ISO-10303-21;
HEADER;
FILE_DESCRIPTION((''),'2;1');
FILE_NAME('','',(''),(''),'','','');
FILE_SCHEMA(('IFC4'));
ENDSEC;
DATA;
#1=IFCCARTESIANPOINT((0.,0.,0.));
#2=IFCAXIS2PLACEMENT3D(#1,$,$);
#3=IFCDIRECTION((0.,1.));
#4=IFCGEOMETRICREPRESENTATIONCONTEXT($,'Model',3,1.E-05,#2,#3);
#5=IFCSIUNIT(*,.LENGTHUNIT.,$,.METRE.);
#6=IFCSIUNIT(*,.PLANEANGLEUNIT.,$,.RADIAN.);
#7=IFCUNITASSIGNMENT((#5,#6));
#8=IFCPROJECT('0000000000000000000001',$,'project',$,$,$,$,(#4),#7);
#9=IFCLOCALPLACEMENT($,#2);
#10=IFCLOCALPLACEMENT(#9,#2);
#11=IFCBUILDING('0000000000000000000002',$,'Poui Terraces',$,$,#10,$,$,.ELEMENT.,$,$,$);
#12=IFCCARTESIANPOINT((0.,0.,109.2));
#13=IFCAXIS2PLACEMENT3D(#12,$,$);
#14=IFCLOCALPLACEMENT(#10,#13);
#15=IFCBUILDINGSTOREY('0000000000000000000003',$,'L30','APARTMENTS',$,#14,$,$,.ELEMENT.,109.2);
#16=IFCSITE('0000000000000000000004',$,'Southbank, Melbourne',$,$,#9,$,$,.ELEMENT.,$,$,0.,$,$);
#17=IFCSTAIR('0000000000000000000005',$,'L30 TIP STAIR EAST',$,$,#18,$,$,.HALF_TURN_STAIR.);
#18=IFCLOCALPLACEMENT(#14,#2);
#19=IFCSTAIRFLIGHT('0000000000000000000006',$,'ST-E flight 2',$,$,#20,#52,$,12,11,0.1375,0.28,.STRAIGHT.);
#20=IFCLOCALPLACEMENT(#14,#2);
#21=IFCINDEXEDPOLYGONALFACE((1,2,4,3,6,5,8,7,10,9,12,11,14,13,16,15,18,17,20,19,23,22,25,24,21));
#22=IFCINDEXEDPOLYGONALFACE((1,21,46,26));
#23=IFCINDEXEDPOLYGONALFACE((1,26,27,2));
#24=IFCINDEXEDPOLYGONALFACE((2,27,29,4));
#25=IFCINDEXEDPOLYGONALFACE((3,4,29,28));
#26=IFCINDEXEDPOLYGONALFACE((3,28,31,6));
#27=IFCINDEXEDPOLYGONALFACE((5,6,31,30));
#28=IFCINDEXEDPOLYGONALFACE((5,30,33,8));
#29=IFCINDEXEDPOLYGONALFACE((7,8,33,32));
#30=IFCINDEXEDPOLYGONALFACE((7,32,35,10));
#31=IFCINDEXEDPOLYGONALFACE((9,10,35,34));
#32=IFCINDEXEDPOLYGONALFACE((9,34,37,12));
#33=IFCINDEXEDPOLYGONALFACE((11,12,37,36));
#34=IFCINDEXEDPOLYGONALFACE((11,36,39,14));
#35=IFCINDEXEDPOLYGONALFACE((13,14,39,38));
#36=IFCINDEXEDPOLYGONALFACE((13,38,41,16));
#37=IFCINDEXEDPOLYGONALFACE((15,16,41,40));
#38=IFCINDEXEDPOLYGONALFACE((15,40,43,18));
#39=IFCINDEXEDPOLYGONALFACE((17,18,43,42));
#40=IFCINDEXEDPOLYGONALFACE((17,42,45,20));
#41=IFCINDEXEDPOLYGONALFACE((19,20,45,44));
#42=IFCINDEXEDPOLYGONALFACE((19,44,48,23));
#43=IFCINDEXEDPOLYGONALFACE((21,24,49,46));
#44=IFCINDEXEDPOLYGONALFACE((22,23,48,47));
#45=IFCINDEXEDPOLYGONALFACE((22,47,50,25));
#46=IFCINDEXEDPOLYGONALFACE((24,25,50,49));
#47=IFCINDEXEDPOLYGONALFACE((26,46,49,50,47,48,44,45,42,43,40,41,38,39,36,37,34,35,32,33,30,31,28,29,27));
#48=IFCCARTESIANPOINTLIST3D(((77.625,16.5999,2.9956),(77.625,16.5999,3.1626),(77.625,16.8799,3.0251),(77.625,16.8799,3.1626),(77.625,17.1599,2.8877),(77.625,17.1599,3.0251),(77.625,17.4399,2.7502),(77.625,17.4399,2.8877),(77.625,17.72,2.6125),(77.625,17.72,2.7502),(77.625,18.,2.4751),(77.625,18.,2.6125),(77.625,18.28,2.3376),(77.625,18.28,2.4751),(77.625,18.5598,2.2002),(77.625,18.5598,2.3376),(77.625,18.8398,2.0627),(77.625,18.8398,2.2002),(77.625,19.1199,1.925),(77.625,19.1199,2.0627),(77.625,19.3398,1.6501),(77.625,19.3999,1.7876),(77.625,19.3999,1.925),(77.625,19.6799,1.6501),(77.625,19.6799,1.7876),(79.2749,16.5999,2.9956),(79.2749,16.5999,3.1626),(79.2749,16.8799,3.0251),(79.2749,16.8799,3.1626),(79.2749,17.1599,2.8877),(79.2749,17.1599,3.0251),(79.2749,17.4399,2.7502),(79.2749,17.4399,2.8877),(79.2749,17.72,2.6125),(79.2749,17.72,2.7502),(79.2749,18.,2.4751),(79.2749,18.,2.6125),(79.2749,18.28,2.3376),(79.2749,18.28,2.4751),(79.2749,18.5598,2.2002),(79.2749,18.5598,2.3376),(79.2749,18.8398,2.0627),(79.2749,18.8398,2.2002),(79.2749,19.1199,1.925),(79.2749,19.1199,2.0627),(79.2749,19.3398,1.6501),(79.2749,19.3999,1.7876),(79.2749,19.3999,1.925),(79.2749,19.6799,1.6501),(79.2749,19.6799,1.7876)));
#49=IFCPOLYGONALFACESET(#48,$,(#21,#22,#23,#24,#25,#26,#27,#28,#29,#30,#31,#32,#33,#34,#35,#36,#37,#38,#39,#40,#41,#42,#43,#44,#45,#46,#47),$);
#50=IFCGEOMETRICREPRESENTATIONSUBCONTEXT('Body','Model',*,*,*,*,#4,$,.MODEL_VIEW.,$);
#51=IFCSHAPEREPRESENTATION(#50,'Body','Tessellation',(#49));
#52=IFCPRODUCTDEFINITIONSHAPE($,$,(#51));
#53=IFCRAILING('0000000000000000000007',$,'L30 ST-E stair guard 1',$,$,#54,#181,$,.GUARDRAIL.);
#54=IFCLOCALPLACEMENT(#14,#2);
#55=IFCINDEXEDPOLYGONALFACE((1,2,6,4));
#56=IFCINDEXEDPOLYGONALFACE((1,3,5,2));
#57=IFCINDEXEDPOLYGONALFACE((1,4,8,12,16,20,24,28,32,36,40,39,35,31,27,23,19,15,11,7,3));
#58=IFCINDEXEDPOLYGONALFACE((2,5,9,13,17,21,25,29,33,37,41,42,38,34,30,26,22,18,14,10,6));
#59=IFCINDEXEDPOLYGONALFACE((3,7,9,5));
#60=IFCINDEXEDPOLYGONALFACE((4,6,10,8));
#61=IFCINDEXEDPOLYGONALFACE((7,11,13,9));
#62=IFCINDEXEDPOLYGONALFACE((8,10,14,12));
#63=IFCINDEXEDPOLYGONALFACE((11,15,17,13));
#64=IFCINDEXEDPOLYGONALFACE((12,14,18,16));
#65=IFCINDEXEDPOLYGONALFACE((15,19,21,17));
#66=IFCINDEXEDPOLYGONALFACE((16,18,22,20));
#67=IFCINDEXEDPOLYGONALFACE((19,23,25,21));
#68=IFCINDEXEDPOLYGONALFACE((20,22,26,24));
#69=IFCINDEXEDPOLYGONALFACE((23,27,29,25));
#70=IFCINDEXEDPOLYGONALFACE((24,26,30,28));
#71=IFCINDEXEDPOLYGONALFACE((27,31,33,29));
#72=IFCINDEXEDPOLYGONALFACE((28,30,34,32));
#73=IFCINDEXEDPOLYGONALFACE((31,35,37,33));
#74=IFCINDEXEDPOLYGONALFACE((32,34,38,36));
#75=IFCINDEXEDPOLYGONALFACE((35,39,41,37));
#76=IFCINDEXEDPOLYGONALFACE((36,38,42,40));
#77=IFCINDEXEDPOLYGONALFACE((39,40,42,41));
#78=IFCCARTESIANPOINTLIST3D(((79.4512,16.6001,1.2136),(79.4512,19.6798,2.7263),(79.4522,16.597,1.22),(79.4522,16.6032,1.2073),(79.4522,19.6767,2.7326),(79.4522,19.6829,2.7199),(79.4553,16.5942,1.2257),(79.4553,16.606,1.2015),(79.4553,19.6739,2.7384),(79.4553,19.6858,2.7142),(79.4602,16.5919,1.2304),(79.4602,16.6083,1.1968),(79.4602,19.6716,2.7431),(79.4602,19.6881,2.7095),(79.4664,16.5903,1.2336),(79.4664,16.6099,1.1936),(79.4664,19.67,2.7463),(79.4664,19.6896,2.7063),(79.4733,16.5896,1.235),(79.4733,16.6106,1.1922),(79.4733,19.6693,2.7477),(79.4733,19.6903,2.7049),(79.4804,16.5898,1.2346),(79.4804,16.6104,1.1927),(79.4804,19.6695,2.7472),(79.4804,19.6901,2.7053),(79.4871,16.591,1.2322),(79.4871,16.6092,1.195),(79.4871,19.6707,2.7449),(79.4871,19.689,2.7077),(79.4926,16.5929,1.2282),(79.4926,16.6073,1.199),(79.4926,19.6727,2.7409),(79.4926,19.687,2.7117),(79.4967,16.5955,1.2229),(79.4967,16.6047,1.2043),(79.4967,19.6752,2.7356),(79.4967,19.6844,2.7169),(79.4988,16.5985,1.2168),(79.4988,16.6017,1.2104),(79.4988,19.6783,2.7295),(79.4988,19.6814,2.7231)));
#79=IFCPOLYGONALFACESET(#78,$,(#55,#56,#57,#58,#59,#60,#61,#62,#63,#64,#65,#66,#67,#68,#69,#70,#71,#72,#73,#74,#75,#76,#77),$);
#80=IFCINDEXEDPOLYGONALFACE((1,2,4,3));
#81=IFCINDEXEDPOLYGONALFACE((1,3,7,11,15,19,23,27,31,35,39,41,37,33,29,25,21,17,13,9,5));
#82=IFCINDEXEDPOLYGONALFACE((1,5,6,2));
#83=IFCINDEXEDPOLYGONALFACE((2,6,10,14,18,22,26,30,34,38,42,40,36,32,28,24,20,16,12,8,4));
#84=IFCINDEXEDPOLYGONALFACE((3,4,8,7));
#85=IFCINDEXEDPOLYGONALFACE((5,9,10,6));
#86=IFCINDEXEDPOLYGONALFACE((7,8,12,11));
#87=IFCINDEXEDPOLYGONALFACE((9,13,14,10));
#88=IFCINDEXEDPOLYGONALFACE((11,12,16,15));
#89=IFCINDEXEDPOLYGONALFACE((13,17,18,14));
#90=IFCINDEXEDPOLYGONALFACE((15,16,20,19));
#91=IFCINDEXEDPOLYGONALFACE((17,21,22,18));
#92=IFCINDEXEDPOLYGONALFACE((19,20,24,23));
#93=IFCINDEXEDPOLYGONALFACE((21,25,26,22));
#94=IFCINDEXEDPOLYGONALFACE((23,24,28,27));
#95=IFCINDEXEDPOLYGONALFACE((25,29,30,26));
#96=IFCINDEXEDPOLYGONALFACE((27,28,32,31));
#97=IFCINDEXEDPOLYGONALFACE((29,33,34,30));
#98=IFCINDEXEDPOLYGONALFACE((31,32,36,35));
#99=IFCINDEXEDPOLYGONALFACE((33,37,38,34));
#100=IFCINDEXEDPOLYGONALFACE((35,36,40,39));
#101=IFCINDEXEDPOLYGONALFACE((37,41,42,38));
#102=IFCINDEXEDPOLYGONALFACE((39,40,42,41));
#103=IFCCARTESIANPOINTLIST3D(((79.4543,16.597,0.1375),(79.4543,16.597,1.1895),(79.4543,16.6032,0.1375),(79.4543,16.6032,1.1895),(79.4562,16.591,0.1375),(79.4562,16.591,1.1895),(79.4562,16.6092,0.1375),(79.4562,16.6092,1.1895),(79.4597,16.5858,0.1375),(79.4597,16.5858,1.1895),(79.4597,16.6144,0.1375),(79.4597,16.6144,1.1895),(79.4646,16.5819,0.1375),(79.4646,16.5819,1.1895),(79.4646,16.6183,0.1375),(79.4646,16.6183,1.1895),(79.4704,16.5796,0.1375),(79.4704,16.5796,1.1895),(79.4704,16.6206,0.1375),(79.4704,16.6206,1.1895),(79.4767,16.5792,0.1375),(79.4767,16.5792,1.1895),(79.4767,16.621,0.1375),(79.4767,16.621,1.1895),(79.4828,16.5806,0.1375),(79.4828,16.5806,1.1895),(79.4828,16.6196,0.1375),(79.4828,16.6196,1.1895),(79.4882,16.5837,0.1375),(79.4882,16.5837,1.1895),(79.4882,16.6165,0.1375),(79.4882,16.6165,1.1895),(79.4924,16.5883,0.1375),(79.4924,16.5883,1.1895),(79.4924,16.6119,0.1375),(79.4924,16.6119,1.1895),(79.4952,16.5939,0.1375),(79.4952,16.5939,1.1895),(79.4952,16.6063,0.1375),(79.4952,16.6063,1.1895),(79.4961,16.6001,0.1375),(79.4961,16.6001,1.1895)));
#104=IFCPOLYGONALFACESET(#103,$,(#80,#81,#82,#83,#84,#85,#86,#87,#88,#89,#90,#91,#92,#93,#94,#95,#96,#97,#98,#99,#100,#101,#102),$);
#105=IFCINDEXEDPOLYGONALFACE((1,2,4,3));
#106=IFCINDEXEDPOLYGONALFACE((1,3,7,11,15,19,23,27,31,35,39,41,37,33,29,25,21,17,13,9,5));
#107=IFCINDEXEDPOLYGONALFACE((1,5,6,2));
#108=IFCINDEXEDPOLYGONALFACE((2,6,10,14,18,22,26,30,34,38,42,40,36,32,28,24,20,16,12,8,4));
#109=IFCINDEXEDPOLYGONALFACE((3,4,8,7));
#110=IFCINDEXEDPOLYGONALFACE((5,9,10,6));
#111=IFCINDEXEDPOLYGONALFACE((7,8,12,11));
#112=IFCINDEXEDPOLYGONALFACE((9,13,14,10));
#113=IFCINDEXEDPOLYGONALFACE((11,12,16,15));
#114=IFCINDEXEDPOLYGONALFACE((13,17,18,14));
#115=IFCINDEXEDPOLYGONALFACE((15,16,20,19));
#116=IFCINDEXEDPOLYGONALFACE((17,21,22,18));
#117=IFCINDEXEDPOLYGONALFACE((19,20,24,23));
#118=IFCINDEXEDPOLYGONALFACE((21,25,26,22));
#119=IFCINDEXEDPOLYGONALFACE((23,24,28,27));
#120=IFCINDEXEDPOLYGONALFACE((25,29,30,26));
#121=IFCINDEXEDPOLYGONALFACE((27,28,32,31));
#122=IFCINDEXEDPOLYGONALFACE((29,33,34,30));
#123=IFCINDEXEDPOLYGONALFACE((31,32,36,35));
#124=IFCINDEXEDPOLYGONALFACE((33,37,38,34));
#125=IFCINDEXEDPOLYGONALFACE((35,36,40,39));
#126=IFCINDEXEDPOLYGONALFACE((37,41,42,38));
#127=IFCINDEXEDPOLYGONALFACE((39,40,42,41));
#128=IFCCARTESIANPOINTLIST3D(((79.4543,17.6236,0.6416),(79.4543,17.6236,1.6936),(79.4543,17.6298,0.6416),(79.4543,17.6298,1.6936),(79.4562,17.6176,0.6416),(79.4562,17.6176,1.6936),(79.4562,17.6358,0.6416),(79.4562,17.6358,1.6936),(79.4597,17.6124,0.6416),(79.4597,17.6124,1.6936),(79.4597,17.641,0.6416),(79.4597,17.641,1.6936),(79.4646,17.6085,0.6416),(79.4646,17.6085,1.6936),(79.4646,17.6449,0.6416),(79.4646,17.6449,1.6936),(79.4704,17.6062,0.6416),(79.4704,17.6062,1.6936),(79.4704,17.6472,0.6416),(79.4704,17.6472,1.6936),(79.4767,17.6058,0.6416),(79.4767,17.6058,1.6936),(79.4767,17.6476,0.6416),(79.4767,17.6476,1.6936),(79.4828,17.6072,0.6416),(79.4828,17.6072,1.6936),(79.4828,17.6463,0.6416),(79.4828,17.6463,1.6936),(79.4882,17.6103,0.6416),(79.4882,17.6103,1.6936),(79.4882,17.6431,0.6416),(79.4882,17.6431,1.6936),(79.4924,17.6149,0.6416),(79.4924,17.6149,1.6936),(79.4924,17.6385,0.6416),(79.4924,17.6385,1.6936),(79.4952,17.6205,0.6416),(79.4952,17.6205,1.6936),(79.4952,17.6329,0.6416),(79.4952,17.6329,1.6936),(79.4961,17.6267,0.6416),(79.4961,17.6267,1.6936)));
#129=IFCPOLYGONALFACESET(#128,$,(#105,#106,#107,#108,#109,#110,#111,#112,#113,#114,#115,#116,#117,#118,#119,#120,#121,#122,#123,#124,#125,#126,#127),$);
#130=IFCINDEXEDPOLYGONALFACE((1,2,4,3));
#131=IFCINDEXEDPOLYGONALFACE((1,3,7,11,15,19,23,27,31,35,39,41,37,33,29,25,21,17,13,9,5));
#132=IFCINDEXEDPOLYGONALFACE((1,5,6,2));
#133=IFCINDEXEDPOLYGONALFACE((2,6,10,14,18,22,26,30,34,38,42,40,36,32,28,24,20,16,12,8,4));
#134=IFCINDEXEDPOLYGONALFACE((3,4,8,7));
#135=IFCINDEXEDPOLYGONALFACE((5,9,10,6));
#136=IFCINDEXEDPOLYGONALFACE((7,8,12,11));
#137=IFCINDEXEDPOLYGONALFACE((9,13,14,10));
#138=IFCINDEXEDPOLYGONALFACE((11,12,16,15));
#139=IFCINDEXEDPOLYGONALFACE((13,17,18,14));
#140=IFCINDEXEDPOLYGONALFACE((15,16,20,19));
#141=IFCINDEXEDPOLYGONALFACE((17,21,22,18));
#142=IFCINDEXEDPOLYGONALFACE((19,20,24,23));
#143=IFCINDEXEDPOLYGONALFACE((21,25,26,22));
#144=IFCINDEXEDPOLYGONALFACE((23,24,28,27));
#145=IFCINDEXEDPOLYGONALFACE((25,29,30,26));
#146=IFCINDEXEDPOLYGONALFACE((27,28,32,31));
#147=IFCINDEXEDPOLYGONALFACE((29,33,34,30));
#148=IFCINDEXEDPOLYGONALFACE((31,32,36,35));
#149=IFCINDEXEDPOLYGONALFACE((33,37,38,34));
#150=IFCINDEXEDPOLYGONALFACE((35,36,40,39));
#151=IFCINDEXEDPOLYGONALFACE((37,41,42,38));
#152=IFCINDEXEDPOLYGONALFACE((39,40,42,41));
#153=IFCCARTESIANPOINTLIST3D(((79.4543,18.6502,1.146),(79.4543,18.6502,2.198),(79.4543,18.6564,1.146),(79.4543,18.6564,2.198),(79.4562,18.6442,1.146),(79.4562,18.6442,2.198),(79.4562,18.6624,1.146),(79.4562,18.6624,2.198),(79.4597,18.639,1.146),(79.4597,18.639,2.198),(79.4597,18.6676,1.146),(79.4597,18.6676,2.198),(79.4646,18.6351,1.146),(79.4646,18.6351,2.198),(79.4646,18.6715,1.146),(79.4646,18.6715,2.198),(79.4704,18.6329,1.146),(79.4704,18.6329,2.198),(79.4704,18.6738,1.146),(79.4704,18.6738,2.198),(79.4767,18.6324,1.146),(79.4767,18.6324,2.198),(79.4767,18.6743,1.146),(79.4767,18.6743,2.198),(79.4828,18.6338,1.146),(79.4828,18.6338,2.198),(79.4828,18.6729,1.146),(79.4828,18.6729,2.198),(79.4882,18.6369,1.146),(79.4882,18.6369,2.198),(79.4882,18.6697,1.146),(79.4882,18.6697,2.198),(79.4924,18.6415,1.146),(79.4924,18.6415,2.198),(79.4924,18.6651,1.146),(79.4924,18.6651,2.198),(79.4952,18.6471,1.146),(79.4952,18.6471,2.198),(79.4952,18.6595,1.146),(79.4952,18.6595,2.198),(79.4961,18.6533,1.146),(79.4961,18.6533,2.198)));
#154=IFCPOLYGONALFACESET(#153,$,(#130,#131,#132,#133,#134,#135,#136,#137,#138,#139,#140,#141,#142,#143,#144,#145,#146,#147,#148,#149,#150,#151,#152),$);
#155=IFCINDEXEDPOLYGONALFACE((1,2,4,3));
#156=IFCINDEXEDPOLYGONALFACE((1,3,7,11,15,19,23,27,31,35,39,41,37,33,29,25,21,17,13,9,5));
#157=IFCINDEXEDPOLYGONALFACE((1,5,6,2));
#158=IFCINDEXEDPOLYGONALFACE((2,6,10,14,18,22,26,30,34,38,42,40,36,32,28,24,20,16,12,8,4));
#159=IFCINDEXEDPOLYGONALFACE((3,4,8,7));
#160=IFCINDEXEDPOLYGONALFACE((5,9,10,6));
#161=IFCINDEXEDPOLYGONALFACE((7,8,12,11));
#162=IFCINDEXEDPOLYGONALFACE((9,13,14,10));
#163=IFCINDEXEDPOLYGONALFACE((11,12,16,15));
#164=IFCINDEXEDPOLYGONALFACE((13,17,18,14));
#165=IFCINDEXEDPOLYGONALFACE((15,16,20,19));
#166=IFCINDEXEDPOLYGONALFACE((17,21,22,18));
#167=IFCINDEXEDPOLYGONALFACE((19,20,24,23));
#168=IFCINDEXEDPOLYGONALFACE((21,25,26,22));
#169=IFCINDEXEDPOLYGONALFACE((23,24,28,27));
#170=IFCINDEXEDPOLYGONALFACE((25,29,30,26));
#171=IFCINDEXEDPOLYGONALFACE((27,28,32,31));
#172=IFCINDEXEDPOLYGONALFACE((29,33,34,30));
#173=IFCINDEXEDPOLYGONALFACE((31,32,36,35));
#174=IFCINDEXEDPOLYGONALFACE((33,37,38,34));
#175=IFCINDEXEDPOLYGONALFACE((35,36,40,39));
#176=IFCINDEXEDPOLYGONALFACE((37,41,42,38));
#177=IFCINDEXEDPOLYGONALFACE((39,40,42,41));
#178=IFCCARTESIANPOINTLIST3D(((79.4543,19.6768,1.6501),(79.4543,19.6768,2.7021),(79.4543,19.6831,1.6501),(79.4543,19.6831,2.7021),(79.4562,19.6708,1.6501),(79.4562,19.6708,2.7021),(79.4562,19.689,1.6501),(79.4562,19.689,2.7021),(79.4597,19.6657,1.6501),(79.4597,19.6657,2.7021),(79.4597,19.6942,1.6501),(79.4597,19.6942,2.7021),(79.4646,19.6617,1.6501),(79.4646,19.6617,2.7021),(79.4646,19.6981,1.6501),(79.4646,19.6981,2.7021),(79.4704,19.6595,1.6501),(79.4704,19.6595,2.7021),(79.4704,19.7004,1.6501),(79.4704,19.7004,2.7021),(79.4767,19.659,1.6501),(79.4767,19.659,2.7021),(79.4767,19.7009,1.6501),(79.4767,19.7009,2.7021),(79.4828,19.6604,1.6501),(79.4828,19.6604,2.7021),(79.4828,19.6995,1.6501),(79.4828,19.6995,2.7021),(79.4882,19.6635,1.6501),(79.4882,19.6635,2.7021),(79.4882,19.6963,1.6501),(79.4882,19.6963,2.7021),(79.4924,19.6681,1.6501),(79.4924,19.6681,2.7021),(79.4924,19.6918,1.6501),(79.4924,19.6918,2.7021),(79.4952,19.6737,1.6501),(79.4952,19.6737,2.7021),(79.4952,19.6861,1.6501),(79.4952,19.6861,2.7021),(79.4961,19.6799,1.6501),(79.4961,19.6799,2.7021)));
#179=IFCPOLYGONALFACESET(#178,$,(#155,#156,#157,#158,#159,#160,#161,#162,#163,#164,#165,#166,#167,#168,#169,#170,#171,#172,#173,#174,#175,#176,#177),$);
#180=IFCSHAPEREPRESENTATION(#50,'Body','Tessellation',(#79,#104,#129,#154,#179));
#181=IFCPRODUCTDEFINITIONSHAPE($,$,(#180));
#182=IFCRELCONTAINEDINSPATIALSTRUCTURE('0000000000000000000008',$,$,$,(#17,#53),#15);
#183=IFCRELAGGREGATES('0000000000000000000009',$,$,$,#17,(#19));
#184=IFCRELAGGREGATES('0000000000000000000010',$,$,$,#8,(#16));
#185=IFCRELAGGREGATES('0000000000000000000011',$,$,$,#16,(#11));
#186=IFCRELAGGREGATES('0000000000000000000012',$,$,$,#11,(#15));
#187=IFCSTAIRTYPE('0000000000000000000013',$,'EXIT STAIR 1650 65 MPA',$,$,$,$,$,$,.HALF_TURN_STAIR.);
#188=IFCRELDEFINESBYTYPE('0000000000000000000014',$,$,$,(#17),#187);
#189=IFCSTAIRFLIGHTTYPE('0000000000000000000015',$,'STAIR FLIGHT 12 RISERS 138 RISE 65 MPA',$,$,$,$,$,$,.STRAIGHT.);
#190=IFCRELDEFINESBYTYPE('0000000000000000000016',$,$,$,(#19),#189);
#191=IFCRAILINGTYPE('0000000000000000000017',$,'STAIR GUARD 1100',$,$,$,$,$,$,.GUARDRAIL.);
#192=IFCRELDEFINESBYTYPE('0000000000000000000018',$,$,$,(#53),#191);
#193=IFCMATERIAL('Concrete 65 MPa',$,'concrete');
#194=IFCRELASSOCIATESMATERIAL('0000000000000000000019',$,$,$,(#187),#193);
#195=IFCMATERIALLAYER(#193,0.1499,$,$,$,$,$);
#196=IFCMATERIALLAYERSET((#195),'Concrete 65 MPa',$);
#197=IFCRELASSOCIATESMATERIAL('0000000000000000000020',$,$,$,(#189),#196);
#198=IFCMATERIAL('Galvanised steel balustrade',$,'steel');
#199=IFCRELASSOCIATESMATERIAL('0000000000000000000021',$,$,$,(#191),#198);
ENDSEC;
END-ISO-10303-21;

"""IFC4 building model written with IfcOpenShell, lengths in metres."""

from ifc_helpers import new_model, si_unit, direction, frame, origin, origin_2d, place, context, subcontext, project, spatial, polyline, circle, outline, extrude, material, layer, layer_set, type_object, element, aggregate, save


model = new_model("IFC4")

# Units and contexts
model_context = context("Model", 3, precision=1e-05, world=origin(), true_north=direction((0.0, 1.0)))
body_context = subcontext(model_context, "Body", "Model", "MODEL_VIEW")
ifc_project = project(units=[si_unit("LENGTHUNIT", "METRE"), si_unit("PLANEANGLEUNIT", "RADIAN")], contexts=[model_context])

# Site, building, storey
site_placement = place(None, origin())
site = spatial("IfcSite", under=ifc_project, at=site_placement, Name="Southbank, Melbourne", CompositionType="ELEMENT", RefElevation=0.0)
building_placement = place(site_placement, origin())
building = spatial("IfcBuilding", under=site, at=building_placement, Name="Poui Terraces", CompositionType="ELEMENT")
storey_placement = place(building_placement, frame((0.0, 0.0, 109.2)))
storey = spatial("IfcBuildingStorey", under=building, at=storey_placement, Name="L30", Description="APARTMENTS", CompositionType="ELEMENT", Elevation=109.2)

# Shared definitions
ifc_material_1 = material(Name="Concrete 65 MPa", Category="concrete")

# Stair, stair flight
stair_type = type_object("IfcStairType", Name="EXIT STAIR 1650 65 MPA", PredefinedType="HALF_TURN_STAIR", material=ifc_material_1)
stair_placement = place(storey_placement, origin())
stair = element("IfcStair", 1, at=stair_placement, inside=storey, type_object=stair_type, Name="L30 TIP STAIR EAST", PredefinedType="HALF_TURN_STAIR")
ifc_layer_1 = layer(ifc_material_1, 0.1499)
ifc_layer_set_1 = layer_set([ifc_layer_1], Name="Concrete 65 MPa")
stair_flight_type = type_object("IfcStairFlightType", Name="STAIR FLIGHT 12 RISERS 138 RISE 65 MPA", PredefinedType="STRAIGHT", material=ifc_layer_set_1)
stair_flight_1_placement = place(storey_placement, frame((78.45, 19.6799, 1.6501), z_axis=(0.0, 0.0, 1.0), x_axis=(0.0, -1.0, 0.0)))
stair_flight_1 = element("IfcStairFlight", 2, at=stair_flight_1_placement, type_object=stair_flight_type, Name="ST-E flight 2", NumberOfRisers=12, NumberOfTreads=11, PredefinedType="STRAIGHT", RiserHeight=0.1375, TreadLength=0.28, context=body_context, shape_type="SweptSolid", body=[
    extrude(outline(polyline([(0.0, 0.0), (0.0, 0.1375), (0.28, 0.1375), (0.28, 0.2749), (0.5601, 0.2749), (0.5601, 0.4126), (0.8401, 0.4126), (0.8401, 0.55), (1.1201, 0.55), (1.1201, 0.6875), (1.3999, 0.6875), (1.3999, 0.825), (1.6799, 0.825), (1.6799, 0.9624), (1.96, 0.9624), (1.96, 1.1001), (2.24, 1.1001), (2.24, 1.2375), (2.52, 1.2375), (2.52, 1.375), (2.8, 1.375), (2.8, 1.5125), (3.0801, 1.5125), (3.0801, 1.6499), (3.0801, 1.3455), (0.3401, 0.0), (0.0, 0.0)])), frame((0.0, 0.825, 0.0), z_axis=(0.0, -1.0, 0.0), x_axis=(1.0, 0.0, 0.0)), (0.0, 0.0, 1.0), 1.6499),
])
aggregate(stair, [stair_flight_1])

# Railing
ifc_material_2 = material(Name="Galvanised steel balustrade", Category="steel")
railing_type_1 = type_object("IfcRailingType", Name="STAIR GUARD 1100", PredefinedType="GUARDRAIL", material=ifc_material_2)
railing_1_placement = place(storey_placement, frame((79.4751, 16.6001, 0.1375)))
element("IfcRailing", 3, at=railing_1_placement, inside=storey, type_object=railing_type_1, Name="L30 ST-E stair guard 1", PredefinedType="GUARDRAIL", context=body_context, shape_type="SweptSolid", body=[
    extrude(circle(Radius=0.0239, at=origin_2d()), frame((0.0, 0.0, 1.0762), z_axis=(0.0, 0.897578, 0.440856), x_axis=(-1.0, 0.0, 0.0)), (0.0, 0.0, 1.0), 3.4312),
    extrude(circle(Radius=0.021, at=origin_2d()), origin(), (0.0, 0.0, 1.0), 1.052),
    extrude(circle(Radius=0.021, at=origin_2d()), frame((0.0, 1.0266, 0.5042)), (0.0, 0.0, 1.0), 1.052),
    extrude(circle(Radius=0.021, at=origin_2d()), frame((0.0, 2.0532, 1.0085)), (0.0, 0.0, 1.0), 1.052),
    extrude(circle(Radius=0.021, at=origin_2d()), frame((0.0, 3.0798, 1.5127)), (0.0, 0.0, 1.0), 1.052),
])

save(model, "model.ifc")
